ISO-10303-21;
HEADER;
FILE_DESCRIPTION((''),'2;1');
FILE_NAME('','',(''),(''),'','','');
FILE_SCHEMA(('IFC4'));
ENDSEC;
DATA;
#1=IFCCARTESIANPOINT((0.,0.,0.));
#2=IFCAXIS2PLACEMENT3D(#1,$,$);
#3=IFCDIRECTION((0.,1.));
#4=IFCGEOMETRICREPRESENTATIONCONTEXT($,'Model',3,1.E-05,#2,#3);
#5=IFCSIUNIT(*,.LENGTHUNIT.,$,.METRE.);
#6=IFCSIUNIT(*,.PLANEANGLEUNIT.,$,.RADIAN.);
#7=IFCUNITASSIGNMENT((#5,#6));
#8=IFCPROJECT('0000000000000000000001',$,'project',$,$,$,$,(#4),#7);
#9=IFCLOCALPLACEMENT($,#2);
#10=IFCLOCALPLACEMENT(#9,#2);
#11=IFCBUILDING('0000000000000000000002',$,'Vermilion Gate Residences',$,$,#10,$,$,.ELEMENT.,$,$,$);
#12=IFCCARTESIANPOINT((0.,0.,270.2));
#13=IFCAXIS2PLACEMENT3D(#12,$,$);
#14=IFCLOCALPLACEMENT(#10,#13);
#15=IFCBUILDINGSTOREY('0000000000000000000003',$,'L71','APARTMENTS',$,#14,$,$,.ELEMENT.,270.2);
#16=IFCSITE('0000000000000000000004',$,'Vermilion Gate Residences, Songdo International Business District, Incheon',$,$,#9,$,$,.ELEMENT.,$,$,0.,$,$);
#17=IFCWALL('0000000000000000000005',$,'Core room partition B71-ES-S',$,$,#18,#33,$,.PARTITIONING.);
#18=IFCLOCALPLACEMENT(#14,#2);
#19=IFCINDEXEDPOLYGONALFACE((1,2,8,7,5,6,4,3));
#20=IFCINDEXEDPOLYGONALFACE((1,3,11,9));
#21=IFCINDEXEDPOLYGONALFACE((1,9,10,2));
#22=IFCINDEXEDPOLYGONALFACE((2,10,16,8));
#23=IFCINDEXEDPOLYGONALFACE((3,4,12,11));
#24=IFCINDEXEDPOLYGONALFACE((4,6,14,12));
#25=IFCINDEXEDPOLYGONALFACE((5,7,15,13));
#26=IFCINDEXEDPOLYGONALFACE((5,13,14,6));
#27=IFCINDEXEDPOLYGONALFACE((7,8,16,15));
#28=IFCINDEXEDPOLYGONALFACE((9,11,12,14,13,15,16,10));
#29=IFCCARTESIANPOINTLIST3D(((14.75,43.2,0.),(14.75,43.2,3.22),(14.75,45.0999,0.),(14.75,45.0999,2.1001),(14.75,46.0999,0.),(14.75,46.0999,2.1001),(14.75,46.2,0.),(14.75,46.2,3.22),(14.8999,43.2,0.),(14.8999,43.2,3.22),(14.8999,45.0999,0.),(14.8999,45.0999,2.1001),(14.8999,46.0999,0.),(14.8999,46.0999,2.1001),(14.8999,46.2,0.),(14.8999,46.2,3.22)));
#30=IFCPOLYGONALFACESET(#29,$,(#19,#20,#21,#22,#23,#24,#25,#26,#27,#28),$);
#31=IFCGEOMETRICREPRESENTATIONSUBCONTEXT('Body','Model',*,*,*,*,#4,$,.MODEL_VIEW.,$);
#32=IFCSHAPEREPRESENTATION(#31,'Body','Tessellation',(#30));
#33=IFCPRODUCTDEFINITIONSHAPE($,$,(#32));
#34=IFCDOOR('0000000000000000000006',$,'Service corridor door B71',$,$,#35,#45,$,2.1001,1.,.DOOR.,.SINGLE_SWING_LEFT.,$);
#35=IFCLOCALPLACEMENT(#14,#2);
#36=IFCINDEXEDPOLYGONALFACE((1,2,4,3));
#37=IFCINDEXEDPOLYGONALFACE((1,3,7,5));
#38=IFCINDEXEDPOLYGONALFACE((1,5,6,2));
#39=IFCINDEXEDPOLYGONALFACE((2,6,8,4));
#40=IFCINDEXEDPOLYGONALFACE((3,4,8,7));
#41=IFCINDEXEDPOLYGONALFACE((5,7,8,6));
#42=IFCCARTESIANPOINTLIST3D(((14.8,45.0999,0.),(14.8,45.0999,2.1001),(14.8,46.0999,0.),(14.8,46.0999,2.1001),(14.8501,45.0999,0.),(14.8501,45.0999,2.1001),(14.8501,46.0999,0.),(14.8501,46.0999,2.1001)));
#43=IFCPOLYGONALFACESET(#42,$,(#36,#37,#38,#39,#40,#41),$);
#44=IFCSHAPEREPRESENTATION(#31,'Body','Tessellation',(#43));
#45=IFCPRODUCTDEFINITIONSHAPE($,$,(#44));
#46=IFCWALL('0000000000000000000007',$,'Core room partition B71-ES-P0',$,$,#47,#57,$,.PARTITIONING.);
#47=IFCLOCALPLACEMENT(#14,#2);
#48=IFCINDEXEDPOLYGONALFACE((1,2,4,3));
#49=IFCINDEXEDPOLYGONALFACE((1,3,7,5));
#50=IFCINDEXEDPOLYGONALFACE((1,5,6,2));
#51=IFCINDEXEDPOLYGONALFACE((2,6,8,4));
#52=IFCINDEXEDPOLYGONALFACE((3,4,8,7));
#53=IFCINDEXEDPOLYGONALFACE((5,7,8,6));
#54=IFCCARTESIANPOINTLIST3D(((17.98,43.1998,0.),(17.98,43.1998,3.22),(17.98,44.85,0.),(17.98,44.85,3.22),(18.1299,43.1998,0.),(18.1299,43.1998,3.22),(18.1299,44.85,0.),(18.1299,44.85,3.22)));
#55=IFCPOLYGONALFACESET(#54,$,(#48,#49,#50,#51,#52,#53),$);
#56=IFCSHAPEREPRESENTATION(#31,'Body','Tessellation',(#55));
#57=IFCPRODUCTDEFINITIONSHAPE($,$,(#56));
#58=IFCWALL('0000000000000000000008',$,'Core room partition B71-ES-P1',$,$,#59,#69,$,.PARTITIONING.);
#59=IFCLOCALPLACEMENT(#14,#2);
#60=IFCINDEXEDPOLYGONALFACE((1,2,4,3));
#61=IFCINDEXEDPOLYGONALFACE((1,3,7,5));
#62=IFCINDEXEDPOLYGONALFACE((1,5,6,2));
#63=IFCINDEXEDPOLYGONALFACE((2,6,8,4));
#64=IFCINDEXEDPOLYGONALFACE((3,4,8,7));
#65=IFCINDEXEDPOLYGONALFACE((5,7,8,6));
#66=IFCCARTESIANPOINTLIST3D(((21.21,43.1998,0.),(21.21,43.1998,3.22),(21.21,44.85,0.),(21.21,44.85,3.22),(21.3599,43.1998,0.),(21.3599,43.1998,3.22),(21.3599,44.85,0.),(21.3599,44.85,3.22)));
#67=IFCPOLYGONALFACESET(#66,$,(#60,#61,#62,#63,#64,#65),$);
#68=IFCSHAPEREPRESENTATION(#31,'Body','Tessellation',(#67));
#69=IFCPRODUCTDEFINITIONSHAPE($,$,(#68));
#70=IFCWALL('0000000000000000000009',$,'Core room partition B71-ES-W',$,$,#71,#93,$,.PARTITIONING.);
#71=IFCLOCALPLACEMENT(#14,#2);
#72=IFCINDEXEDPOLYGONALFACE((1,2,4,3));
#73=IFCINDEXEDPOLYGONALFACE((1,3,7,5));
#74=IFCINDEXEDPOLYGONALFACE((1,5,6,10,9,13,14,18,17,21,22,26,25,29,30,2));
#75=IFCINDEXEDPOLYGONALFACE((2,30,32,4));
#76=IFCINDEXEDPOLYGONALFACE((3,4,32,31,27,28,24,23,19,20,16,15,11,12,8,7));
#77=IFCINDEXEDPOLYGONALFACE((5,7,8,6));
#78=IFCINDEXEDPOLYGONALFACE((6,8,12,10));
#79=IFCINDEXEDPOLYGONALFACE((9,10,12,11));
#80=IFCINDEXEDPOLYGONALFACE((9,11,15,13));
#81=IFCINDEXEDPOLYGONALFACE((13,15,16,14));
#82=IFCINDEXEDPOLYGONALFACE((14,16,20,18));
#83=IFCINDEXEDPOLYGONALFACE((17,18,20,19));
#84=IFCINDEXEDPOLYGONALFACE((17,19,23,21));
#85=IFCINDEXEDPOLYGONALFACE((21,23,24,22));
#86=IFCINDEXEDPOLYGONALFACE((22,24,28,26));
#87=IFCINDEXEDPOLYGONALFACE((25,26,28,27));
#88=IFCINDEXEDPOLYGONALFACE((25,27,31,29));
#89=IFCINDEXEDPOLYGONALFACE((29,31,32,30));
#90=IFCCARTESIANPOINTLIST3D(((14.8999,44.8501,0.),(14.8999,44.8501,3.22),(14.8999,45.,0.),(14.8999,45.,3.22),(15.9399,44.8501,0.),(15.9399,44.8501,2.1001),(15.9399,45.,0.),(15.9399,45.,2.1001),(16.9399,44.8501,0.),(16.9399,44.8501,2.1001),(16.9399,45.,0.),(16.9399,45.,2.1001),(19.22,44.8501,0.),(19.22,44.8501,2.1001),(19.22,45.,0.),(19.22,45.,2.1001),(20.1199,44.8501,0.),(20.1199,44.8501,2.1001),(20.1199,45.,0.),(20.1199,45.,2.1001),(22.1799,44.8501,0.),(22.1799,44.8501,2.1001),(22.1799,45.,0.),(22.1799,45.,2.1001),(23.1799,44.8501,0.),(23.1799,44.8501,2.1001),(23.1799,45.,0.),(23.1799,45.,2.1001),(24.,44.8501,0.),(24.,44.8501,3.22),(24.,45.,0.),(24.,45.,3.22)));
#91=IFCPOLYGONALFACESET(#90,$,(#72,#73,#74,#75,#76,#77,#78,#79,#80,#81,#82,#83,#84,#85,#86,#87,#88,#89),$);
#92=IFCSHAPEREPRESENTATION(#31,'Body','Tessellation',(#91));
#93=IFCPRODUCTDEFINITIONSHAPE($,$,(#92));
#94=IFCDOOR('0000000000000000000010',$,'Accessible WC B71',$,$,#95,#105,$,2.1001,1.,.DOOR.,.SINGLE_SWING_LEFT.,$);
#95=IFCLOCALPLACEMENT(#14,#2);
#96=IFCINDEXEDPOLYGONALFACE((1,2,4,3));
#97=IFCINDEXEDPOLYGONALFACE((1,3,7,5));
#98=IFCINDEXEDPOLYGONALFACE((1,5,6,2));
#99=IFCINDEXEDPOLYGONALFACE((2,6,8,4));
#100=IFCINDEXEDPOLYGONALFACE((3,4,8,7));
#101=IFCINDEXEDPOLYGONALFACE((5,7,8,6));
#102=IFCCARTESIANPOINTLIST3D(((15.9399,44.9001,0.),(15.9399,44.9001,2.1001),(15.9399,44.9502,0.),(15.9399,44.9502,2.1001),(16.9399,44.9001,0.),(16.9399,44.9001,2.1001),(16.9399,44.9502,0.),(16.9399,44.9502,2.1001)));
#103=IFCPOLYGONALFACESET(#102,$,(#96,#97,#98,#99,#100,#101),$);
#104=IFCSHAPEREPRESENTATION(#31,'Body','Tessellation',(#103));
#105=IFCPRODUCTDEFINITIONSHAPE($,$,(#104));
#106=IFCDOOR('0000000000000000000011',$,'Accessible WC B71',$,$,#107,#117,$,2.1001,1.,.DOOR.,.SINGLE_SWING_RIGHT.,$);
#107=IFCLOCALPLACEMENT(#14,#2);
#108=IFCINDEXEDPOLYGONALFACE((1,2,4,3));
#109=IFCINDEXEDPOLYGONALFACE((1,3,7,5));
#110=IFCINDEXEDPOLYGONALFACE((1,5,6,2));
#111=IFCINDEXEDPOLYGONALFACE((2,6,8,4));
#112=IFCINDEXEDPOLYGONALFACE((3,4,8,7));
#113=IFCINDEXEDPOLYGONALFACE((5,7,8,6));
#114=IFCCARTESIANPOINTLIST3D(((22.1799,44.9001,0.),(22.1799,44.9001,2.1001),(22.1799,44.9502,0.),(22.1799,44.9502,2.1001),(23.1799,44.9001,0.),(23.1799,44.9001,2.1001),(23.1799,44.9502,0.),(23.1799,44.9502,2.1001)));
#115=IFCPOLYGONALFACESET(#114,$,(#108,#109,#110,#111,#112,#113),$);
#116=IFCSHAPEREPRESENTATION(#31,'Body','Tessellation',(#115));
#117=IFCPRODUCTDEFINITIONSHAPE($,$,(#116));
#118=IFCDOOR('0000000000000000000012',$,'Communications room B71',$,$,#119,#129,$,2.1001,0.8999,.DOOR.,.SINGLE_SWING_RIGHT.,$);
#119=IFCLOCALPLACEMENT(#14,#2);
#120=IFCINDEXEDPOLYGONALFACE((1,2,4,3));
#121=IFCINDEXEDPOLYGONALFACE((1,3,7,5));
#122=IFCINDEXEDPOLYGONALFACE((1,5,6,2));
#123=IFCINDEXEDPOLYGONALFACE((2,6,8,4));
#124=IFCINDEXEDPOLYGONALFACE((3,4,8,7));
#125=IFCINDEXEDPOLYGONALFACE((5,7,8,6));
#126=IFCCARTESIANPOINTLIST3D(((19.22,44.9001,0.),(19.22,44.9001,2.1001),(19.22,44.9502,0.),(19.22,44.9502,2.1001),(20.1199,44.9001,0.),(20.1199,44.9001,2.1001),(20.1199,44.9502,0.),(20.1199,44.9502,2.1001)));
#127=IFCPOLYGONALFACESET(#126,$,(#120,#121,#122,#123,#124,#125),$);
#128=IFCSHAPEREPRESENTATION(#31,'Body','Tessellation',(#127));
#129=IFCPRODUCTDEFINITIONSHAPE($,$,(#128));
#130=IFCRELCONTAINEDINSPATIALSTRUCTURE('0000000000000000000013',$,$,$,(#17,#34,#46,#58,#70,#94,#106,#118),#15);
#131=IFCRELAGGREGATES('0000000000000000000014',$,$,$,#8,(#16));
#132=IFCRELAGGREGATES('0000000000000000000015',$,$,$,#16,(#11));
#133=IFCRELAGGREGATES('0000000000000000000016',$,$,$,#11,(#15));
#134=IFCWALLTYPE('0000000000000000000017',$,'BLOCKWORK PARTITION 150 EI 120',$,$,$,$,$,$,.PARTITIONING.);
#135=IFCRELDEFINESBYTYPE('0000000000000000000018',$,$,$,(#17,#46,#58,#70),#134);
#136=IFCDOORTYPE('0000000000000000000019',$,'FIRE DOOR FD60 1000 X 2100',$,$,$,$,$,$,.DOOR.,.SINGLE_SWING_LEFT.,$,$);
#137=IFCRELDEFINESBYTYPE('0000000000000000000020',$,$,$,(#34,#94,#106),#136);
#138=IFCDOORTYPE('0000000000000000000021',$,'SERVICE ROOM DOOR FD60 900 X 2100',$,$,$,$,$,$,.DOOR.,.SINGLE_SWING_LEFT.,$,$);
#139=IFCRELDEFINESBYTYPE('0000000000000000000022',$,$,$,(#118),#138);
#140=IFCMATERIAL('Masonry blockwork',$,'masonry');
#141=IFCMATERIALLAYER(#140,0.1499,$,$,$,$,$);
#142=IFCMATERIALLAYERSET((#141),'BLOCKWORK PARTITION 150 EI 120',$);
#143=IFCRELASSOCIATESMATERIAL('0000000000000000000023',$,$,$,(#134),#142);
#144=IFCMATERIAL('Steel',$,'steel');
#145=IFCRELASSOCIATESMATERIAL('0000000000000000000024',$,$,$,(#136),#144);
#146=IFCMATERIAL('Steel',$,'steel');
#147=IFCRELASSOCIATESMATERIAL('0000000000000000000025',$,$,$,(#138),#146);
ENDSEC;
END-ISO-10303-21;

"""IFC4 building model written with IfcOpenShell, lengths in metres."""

from ifc_helpers import new_model, si_unit, direction, frame, frame_2d, origin, place, context, subcontext, project, spatial, rectangle, extrude, material, layer, layer_set, type_object, element, fill, save


model = new_model("IFC4")

# Units and contexts
model_context = context("Model", 3, precision=1e-05, world=origin(), true_north=direction((0.0, 1.0)))
body_context = subcontext(model_context, "Body", "Model", "MODEL_VIEW")
ifc_project = project(units=[si_unit("LENGTHUNIT", "METRE"), si_unit("PLANEANGLEUNIT", "RADIAN")], contexts=[model_context])

# Site, building, storey
site_placement = place(None, origin())
site = spatial("IfcSite", under=ifc_project, at=site_placement, Name="Vermilion Gate Residences, Songdo International Business District, Incheon", CompositionType="ELEMENT", RefElevation=0.0)
building_placement = place(site_placement, origin())
building = spatial("IfcBuilding", under=site, at=building_placement, Name="Vermilion Gate Residences", CompositionType="ELEMENT")
storey_placement = place(building_placement, frame((0.0, 0.0, 270.2)))
storey = spatial("IfcBuildingStorey", under=building, at=storey_placement, Name="L71", Description="APARTMENTS", CompositionType="ELEMENT", Elevation=270.2)

# Wall, opening, door
ifc_material_1 = material(Name="Masonry blockwork", Category="masonry")
ifc_layer_1 = layer(ifc_material_1, 0.1499)
ifc_layer_set_1 = layer_set([ifc_layer_1], Name="BLOCKWORK PARTITION 150 EI 120")
wall_type_1 = type_object("IfcWallType", Name="BLOCKWORK PARTITION 150 EI 120", PredefinedType="PARTITIONING", material=ifc_layer_set_1)
wall_1_placement = place(storey_placement, frame((14.825, 46.2, 0.0), z_axis=(0.0, 0.0, 1.0), x_axis=(0.0, -1.0, 0.0)))
wall_1 = element("IfcWall", 1, at=wall_1_placement, inside=storey, type_object=wall_type_1, Name="Core room partition B71-ES-S", PredefinedType="PARTITIONING", context=body_context, shape_type="SweptSolid", body=[
    extrude(rectangle(XDim=3.0, YDim=0.1499, at=frame_2d((1.5, 0.0))), origin(), (0.0, 0.0, 1.0), 3.22),
])
opening_1_placement = place(wall_1_placement, frame((0.1001, 0.0, 0.0)))
opening_1 = element("IfcOpeningElement", 2, at=opening_1_placement, cuts=wall_1, PredefinedType="OPENING", context=body_context, shape_type="SweptSolid", body=[
    extrude(rectangle(XDim=1.0, YDim=2.1001, at=frame_2d((0.5, 1.05))), frame((0.0, 0.085, 0.0), z_axis=(0.0, -1.0, 0.0), x_axis=(1.0, 0.0, 0.0)), (0.0, 0.0, 1.0), 0.1699),
])
ifc_material_2 = material(Name="Steel", Category="steel")
door_type_1 = type_object("IfcDoorType", Name="FIRE DOOR FD60 1000 X 2100", OperationType="SINGLE_SWING_LEFT", PredefinedType="DOOR", material=ifc_material_2)
door_1_placement = place(opening_1_placement, frame((1.0, 0.0, 0.0), z_axis=(0.0, 0.0, 1.0), x_axis=(-1.0, 0.0, 0.0)))
door_1 = element("IfcDoor", 3, at=door_1_placement, inside=storey, type_object=door_type_1, Name="Service corridor door B71", OperationType="SINGLE_SWING_LEFT", OverallHeight=2.1001, OverallWidth=1.0, PredefinedType="DOOR", context=body_context, shape_type="SweptSolid", body=[
    extrude(rectangle(XDim=1.0, YDim=2.1001, at=frame_2d((0.5, 1.05))), frame((0.0, 0.0249, 0.0), z_axis=(0.0, -1.0, 0.0), x_axis=(1.0, 0.0, 0.0)), (0.0, 0.0, 1.0), 0.05),
])
fill(opening_1, door_1)

# Walls
for number, where, z_axis, x_axis, name in (
    (4, (18.0549, 44.8501, 0.0), (0.0, 0.0, 1.0), (0.0, -1.0, 0.0), "Core room partition B71-ES-P0"),
    (5, (21.2849, 44.8501, 0.0), (0.0, 0.0, 1.0), (0.0, -1.0, 0.0), "Core room partition B71-ES-P1"),
):
    element("IfcWall", number, at=place(storey_placement, frame(where, z_axis=z_axis, x_axis=x_axis)), inside=storey, type_object=wall_type_1, Name=name, PredefinedType="PARTITIONING", context=body_context, shape_type="SweptSolid", body=[
        extrude(rectangle(XDim=1.6501, YDim=0.1499, at=frame_2d((0.8252, 0.0))), origin(), (0.0, 0.0, 1.0), 3.22),
    ])

# Wall, openings, doors
wall_2_placement = place(storey_placement, frame((14.8999, 44.925, 0.0), z_axis=(0.0, 0.0, 1.0), x_axis=(1.0, 0.0, 0.0)))
wall_2 = element("IfcWall", 6, at=wall_2_placement, inside=storey, type_object=wall_type_1, Name="Core room partition B71-ES-W", PredefinedType="PARTITIONING", context=body_context, shape_type="SweptSolid", body=[
    extrude(rectangle(XDim=9.1001, YDim=0.1499, at=frame_2d((4.55, 0.0))), origin(), (0.0, 0.0, 1.0), 3.22),
])
opening_2_placement = place(wall_2_placement, frame((1.04, 0.0, 0.0)))
opening_2 = element("IfcOpeningElement", 7, at=opening_2_placement, cuts=wall_2, PredefinedType="OPENING", context=body_context, shape_type="SweptSolid", body=[
    extrude(rectangle(XDim=1.0, YDim=2.1001, at=frame_2d((0.5, 1.05))), frame((0.0, 0.085, 0.0), z_axis=(0.0, -1.0, 0.0), x_axis=(1.0, 0.0, 0.0)), (0.0, 0.0, 1.0), 0.1699),
])
opening_3_placement = place(wall_2_placement, frame((4.3201, 0.0, 0.0)))
opening_3 = element("IfcOpeningElement", 8, at=opening_3_placement, cuts=wall_2, PredefinedType="OPENING", context=body_context, shape_type="SweptSolid", body=[
    extrude(rectangle(XDim=0.8999, YDim=2.1001, at=frame_2d((0.45, 1.05))), frame((0.0, 0.085, 0.0), z_axis=(0.0, -1.0, 0.0), x_axis=(1.0, 0.0, 0.0)), (0.0, 0.0, 1.0), 0.1699),
])
opening_4_placement = place(wall_2_placement, frame((7.28, 0.0, 0.0)))
opening_4 = element("IfcOpeningElement", 9, at=opening_4_placement, cuts=wall_2, PredefinedType="OPENING", context=body_context, shape_type="SweptSolid", body=[
    extrude(rectangle(XDim=1.0, YDim=2.1001, at=frame_2d((0.5, 1.05))), frame((0.0, 0.085, 0.0), z_axis=(0.0, -1.0, 0.0), x_axis=(1.0, 0.0, 0.0)), (0.0, 0.0, 1.0), 0.1699),
])
door_2_placement = place(opening_2_placement, frame((1.0, 0.0, 0.0), z_axis=(0.0, 0.0, 1.0), x_axis=(-1.0, 0.0, 0.0)))
door_2 = element("IfcDoor", 10, at=door_2_placement, inside=storey, type_object=door_type_1, Name="Accessible WC B71", OperationType="SINGLE_SWING_LEFT", OverallHeight=2.1001, OverallWidth=1.0, PredefinedType="DOOR", context=body_context, shape_type="SweptSolid", body=[
    extrude(rectangle(XDim=1.0, YDim=2.1001, at=frame_2d((0.5, 1.05))), frame((0.0, 0.0249, 0.0), z_axis=(0.0, -1.0, 0.0), x_axis=(1.0, 0.0, 0.0)), (0.0, 0.0, 1.0), 0.05),
])
fill(opening_2, door_2)
door_3_placement = place(opening_4_placement, frame((1.0, 0.0, 0.0), z_axis=(0.0, 0.0, 1.0), x_axis=(-1.0, 0.0, 0.0)))
door_3 = element("IfcDoor", 11, at=door_3_placement, inside=storey, type_object=door_type_1, Name="Accessible WC B71", OperationType="SINGLE_SWING_RIGHT", OverallHeight=2.1001, OverallWidth=1.0, PredefinedType="DOOR", context=body_context, shape_type="SweptSolid", body=[
    extrude(rectangle(XDim=1.0, YDim=2.1001, at=frame_2d((0.5, 1.05))), frame((0.0, 0.0249, 0.0), z_axis=(0.0, -1.0, 0.0), x_axis=(1.0, 0.0, 0.0)), (0.0, 0.0, 1.0), 0.05),
])
fill(opening_4, door_3)
ifc_material_3 = material(Name="Steel", Category="steel")
door_type_2 = type_object("IfcDoorType", Name="SERVICE ROOM DOOR FD60 900 X 2100", OperationType="SINGLE_SWING_LEFT", PredefinedType="DOOR", material=ifc_material_3)
door_4_placement = place(opening_3_placement, frame((0.8999, 0.0, 0.0), z_axis=(0.0, 0.0, 1.0), x_axis=(-1.0, 0.0, 0.0)))
door_4 = element("IfcDoor", 12, at=door_4_placement, inside=storey, type_object=door_type_2, Name="Communications room B71", OperationType="SINGLE_SWING_RIGHT", OverallHeight=2.1001, OverallWidth=0.8999, PredefinedType="DOOR", context=body_context, shape_type="SweptSolid", body=[
    extrude(rectangle(XDim=0.8999, YDim=2.1001, at=frame_2d((0.45, 1.05))), frame((0.0, 0.0249, 0.0), z_axis=(0.0, -1.0, 0.0), x_axis=(1.0, 0.0, 0.0)), (0.0, 0.0, 1.0), 0.05),
])
fill(opening_3, door_4)

save(model, "model.ifc")
